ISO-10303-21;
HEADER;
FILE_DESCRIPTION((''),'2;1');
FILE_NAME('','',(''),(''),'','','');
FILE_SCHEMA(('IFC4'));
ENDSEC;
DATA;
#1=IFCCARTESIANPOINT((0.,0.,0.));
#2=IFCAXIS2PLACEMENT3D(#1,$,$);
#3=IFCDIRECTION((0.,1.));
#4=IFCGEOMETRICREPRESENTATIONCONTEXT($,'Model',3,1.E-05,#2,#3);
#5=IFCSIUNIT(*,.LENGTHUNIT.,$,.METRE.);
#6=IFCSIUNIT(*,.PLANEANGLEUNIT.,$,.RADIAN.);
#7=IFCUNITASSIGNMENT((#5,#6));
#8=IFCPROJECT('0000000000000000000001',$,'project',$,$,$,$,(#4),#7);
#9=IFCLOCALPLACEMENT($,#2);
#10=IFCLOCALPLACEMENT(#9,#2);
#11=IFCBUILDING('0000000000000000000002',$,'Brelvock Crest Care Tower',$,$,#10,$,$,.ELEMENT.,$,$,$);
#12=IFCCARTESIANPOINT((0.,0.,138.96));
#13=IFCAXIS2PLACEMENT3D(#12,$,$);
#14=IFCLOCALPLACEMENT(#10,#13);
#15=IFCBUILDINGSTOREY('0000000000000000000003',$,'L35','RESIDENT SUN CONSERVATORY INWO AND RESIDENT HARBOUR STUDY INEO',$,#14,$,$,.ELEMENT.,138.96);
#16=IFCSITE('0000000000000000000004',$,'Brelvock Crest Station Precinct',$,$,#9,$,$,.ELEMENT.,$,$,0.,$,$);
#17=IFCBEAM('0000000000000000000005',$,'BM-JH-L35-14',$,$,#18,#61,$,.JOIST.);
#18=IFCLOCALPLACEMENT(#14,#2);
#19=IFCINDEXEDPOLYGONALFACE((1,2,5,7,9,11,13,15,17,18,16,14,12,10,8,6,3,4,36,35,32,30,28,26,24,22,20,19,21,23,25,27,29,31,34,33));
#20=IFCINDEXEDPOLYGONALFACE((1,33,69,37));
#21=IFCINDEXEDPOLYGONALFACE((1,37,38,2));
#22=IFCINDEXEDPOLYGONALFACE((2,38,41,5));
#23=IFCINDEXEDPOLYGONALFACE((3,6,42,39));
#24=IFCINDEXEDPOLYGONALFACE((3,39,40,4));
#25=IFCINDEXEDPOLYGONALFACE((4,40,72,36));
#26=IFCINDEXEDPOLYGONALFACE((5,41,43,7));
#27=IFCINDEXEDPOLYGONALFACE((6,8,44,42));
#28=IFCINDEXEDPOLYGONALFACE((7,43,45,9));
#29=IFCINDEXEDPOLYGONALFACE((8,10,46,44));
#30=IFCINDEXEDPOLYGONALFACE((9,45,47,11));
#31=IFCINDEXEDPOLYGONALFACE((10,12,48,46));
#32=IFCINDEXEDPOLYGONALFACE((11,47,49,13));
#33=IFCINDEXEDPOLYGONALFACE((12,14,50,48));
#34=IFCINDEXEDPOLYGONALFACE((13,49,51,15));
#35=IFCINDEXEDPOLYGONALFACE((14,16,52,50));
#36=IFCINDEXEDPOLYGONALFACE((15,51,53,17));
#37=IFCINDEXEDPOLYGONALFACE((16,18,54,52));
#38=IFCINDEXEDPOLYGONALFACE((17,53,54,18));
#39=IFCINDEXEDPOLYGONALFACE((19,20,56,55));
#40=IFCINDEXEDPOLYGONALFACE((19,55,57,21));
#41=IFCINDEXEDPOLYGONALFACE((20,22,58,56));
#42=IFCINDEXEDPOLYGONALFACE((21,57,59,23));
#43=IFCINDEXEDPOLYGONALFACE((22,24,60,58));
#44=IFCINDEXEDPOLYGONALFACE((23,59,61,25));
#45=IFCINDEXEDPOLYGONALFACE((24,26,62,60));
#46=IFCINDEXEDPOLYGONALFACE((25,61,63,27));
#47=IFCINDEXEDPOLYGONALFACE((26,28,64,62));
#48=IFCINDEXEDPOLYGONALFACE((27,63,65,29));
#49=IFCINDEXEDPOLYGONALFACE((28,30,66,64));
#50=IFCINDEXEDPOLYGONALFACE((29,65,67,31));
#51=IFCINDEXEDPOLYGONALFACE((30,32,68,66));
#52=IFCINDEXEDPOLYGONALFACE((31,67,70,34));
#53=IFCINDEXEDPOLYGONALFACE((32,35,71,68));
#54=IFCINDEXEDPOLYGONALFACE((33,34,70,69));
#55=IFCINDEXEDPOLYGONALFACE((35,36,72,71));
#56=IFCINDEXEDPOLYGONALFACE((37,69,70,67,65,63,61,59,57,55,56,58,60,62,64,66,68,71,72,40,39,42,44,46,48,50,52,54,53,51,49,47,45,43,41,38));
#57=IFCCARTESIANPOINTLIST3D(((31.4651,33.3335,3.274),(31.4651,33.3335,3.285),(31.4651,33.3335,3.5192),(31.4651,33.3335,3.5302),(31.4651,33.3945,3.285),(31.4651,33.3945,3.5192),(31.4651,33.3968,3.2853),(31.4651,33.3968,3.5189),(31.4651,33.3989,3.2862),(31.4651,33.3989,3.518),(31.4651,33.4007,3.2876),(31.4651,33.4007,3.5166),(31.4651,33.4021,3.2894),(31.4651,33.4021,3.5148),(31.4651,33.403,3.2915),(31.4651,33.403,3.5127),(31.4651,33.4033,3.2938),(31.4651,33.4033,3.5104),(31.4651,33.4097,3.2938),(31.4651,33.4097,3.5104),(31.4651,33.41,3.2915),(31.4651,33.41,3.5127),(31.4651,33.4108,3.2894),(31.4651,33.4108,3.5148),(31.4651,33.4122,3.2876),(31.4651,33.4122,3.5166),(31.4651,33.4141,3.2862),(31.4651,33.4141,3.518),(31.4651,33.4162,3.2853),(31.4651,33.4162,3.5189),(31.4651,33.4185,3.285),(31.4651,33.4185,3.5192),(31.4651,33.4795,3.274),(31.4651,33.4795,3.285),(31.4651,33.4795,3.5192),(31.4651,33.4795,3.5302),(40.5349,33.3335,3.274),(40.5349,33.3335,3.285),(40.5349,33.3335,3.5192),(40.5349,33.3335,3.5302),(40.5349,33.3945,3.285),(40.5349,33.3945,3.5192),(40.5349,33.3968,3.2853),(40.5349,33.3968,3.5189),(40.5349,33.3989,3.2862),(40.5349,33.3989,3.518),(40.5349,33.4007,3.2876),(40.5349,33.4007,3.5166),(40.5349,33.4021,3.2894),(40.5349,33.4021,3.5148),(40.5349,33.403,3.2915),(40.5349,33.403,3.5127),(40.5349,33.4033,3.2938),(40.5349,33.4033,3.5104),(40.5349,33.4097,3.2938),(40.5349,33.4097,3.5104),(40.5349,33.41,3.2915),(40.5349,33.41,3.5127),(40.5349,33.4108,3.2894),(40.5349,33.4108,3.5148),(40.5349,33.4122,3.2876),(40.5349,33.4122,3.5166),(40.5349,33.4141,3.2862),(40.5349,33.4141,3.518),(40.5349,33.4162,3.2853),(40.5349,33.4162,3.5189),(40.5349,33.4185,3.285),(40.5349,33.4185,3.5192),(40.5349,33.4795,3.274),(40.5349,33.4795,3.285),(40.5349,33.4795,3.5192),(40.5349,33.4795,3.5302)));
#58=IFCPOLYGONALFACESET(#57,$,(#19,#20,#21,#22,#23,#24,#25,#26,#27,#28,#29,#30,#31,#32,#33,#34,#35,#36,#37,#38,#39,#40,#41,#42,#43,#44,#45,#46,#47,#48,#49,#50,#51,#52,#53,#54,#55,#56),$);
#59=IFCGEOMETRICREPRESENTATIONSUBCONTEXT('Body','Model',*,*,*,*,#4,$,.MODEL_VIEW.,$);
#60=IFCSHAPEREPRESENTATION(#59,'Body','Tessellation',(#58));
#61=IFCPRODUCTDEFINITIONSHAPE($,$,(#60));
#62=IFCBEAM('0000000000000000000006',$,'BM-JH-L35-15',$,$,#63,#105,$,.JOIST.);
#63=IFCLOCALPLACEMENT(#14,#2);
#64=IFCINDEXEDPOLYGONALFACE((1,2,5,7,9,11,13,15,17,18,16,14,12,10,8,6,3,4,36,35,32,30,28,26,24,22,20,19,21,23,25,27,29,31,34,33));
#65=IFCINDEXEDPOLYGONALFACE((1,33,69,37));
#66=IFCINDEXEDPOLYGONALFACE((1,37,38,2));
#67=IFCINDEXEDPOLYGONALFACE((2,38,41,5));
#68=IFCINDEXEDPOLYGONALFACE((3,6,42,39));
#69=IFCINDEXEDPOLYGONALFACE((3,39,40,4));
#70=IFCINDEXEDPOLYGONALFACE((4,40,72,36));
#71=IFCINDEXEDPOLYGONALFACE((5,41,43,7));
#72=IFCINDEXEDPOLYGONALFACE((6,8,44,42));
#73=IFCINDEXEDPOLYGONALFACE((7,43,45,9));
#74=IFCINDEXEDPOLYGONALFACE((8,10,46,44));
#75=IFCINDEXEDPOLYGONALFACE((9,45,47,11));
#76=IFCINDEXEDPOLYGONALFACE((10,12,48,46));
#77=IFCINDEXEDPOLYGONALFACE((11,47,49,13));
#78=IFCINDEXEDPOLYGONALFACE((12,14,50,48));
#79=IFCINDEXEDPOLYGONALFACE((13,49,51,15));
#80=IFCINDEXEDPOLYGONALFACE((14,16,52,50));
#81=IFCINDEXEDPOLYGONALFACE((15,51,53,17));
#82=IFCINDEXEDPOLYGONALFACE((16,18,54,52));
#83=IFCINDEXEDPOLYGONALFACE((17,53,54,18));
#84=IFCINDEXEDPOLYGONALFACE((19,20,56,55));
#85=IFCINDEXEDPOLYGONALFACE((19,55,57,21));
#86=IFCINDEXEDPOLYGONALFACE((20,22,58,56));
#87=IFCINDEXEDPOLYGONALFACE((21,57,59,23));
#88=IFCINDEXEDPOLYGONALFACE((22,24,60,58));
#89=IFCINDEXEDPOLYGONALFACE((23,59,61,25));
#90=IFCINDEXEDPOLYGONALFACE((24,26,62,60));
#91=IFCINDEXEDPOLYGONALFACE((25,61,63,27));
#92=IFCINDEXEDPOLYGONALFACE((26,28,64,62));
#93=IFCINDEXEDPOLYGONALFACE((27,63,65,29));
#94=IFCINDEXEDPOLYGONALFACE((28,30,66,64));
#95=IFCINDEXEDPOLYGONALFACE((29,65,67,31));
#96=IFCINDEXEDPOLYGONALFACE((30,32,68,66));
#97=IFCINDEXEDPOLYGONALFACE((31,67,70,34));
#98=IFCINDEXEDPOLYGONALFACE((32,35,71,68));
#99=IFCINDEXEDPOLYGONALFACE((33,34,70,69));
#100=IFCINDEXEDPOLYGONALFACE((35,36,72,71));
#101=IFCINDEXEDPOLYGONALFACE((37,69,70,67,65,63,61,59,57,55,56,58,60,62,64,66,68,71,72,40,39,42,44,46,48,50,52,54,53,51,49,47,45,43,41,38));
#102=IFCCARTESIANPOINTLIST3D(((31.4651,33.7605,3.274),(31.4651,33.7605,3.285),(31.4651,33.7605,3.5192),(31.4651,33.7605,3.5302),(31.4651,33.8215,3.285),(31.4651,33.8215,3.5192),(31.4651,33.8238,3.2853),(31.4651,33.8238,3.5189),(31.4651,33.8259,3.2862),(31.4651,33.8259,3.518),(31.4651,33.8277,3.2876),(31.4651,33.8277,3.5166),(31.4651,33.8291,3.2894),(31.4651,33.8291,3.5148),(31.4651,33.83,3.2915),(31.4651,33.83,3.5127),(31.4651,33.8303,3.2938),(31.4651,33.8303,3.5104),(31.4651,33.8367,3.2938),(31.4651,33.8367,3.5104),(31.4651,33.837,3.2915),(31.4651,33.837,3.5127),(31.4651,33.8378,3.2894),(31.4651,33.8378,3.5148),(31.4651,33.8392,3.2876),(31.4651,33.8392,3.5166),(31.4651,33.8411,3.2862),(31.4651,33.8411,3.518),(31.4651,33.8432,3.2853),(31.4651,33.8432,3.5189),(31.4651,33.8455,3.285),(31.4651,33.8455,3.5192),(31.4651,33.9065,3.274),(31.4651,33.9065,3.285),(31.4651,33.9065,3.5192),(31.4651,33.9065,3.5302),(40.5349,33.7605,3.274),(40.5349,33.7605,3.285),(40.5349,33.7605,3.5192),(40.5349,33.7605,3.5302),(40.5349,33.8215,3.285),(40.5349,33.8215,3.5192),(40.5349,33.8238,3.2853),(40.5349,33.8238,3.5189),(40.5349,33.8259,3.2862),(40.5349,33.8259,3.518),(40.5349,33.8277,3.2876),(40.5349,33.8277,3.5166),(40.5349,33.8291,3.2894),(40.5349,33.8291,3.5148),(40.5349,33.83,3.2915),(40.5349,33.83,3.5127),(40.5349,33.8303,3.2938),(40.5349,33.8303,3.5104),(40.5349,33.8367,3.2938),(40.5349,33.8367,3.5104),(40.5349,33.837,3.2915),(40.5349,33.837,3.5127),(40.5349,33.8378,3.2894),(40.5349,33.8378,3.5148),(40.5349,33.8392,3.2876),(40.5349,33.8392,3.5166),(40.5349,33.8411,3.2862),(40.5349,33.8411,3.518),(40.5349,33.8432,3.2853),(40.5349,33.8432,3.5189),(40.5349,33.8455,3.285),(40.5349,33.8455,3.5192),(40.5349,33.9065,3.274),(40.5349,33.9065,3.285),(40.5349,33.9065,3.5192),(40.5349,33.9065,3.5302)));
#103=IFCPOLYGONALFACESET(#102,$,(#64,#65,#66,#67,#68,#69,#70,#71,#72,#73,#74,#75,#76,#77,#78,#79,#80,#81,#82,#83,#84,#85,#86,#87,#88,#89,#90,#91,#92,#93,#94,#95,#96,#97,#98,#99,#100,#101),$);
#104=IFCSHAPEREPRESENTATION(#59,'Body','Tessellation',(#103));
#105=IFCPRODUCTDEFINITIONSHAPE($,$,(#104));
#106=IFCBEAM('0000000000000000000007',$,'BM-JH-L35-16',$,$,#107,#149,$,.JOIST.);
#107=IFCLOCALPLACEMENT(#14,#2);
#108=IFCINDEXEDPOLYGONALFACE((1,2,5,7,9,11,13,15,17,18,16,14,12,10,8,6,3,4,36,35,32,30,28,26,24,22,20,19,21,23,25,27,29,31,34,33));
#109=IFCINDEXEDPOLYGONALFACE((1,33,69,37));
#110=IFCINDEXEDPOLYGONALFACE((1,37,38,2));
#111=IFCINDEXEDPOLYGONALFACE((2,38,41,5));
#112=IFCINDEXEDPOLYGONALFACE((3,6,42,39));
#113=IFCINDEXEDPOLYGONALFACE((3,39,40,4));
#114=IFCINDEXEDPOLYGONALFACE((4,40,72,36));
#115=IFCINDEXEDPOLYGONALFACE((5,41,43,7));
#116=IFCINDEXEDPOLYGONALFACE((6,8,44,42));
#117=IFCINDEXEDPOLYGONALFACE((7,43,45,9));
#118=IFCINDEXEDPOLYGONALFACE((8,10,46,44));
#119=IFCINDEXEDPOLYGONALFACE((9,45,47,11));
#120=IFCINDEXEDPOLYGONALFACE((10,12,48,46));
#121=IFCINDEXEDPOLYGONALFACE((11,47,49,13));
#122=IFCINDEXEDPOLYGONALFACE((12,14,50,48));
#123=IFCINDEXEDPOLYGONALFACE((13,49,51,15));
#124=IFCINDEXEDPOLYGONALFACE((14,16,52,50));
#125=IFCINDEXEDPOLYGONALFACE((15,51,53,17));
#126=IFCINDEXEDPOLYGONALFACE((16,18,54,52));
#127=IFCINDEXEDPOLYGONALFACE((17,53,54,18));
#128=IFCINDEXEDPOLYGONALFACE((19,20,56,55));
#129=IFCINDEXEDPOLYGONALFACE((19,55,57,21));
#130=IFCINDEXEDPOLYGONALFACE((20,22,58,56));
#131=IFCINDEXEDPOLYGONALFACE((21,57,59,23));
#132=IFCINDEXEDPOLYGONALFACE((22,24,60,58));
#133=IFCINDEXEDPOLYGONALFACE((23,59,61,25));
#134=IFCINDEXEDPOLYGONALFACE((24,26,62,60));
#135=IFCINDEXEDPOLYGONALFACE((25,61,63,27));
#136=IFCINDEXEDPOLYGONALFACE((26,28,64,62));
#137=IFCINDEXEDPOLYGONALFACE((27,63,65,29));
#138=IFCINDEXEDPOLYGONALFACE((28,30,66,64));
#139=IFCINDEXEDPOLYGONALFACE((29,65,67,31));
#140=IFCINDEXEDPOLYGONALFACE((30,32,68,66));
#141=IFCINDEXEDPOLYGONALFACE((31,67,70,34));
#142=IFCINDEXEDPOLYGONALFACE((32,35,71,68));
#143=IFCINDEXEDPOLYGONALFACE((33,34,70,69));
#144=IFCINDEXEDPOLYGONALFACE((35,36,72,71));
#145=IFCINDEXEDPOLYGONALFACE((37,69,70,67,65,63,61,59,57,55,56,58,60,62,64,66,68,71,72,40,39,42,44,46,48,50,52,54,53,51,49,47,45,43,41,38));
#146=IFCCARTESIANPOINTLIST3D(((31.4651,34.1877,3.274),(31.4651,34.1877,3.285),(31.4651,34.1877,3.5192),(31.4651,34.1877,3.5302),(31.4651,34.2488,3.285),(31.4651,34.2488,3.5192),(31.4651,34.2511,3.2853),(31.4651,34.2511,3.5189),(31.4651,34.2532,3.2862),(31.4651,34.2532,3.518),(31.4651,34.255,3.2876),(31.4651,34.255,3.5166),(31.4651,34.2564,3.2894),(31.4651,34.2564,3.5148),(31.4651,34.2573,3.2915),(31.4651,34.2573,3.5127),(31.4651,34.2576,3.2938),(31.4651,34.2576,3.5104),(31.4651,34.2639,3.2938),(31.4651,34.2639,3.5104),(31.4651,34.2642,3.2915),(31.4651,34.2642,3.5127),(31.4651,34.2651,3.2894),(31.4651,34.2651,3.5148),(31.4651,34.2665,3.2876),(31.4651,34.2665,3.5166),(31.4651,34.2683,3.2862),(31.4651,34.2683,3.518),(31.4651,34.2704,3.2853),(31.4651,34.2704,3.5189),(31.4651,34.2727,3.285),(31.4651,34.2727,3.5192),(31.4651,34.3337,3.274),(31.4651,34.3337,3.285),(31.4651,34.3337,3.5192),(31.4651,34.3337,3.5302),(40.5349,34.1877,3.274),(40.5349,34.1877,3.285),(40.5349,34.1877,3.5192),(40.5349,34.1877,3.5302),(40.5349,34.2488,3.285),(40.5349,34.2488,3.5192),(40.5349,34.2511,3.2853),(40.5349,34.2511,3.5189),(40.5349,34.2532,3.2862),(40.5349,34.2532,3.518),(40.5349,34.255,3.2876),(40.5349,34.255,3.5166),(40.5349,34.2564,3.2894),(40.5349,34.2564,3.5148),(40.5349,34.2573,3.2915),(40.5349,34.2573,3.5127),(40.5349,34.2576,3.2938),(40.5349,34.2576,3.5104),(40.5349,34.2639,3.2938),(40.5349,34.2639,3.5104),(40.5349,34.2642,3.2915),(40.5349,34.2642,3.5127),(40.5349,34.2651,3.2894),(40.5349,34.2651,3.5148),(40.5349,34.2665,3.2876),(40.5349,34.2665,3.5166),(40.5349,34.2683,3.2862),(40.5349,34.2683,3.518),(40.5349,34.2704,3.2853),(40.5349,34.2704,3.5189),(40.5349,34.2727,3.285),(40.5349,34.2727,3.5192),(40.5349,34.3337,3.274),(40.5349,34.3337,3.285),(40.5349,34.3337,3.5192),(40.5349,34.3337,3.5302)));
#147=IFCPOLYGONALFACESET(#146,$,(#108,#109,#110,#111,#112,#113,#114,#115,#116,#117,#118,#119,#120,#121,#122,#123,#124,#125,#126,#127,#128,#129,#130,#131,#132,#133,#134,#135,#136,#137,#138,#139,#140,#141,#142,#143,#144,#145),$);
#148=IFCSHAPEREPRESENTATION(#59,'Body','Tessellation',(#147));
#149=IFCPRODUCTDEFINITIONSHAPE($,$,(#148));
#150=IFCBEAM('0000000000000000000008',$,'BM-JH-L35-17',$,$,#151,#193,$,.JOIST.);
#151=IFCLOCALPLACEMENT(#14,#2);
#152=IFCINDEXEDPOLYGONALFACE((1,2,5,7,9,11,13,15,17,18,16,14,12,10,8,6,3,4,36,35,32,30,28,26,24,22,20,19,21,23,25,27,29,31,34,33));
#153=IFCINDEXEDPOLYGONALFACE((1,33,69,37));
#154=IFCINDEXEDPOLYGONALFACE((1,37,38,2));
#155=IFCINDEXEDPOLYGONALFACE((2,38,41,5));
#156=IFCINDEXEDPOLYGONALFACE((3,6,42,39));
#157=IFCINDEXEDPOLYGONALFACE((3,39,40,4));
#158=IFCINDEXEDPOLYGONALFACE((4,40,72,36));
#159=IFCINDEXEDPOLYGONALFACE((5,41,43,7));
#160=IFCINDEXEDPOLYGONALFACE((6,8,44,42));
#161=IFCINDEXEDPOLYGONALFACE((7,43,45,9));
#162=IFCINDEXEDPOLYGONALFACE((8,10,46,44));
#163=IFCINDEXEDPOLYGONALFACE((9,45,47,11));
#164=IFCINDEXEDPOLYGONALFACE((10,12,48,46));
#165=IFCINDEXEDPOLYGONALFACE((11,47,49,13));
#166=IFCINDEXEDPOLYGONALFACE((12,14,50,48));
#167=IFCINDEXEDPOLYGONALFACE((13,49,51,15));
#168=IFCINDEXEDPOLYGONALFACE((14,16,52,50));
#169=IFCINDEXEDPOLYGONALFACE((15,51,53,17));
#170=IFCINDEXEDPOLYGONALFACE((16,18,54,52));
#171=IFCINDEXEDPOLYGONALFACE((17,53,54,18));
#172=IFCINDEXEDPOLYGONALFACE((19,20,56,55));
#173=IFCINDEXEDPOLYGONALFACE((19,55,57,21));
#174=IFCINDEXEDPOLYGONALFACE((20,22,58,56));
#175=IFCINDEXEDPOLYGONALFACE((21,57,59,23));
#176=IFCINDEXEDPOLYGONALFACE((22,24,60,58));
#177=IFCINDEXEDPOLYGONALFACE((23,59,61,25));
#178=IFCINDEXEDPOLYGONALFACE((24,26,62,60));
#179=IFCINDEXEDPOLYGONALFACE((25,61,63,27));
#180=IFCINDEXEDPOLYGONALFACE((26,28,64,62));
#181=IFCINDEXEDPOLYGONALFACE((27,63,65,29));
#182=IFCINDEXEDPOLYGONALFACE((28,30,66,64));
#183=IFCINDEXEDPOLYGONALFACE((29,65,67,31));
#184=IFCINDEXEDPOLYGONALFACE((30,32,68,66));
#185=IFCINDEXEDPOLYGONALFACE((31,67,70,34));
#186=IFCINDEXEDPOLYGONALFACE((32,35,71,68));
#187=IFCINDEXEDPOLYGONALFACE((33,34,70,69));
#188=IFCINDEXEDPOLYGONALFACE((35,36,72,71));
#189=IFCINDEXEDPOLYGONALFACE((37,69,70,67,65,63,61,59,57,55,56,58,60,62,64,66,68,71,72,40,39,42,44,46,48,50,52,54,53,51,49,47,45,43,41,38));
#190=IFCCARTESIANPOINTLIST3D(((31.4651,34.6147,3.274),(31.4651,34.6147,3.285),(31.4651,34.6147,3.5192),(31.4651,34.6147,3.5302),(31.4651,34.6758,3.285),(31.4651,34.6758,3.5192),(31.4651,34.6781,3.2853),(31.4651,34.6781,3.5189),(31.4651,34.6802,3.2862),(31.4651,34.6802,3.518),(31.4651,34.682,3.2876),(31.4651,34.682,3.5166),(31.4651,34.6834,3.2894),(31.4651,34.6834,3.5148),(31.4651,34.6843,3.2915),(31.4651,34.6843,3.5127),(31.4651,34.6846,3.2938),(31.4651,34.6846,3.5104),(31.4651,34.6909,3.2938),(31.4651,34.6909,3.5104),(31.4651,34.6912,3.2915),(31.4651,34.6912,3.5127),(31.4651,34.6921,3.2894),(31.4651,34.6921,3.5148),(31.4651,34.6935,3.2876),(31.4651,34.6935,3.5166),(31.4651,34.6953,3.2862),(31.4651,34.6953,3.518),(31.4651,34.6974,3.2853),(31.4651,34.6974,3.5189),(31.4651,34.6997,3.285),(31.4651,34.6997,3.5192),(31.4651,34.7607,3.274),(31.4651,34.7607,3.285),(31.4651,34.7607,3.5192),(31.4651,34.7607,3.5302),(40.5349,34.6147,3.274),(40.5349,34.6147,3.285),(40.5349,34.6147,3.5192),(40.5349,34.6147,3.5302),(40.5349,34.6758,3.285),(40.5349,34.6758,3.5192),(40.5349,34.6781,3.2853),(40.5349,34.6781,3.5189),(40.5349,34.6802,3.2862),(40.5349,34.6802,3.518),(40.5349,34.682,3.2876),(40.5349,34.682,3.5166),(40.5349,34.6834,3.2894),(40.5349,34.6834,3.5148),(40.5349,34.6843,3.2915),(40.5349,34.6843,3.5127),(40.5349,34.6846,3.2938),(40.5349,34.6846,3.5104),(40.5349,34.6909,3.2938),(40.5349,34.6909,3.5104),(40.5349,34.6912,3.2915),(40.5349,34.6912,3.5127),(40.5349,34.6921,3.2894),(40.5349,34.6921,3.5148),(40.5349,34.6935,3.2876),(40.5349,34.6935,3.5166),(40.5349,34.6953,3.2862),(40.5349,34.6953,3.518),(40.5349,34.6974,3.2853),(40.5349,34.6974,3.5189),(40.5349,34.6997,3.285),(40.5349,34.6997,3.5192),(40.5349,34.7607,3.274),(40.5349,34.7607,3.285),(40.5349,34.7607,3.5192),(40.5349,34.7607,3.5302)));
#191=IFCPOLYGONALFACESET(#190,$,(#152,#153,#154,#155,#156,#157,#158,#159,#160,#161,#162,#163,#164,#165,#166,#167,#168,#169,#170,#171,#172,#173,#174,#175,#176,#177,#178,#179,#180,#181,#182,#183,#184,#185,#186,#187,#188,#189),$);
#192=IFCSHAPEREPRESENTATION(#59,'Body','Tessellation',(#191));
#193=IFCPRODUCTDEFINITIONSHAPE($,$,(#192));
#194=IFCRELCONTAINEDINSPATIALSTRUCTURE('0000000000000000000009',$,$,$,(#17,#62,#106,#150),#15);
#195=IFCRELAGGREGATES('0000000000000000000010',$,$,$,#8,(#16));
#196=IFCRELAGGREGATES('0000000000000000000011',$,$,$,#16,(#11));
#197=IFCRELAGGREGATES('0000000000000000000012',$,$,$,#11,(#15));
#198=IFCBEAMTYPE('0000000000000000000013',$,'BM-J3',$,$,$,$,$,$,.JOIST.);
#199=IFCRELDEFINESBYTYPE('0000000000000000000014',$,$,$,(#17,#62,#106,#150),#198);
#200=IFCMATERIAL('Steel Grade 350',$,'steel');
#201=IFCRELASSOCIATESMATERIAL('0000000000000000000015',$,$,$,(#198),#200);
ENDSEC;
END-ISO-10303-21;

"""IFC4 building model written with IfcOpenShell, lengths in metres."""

from ifc_helpers import new_model, si_unit, direction, frame, origin, origin_2d, place, context, subcontext, project, spatial, i_section, extrude, source, transform, mapped, material, material_profile, profile_set, type_object, element, save


model = new_model("IFC4")

# Units and contexts
model_context = context("Model", 3, precision=1e-05, world=origin(), true_north=direction((0.0, 1.0)))
body_context = subcontext(model_context, "Body", "Model", "MODEL_VIEW")
ifc_project = project(units=[si_unit("LENGTHUNIT", "METRE"), si_unit("PLANEANGLEUNIT", "RADIAN")], contexts=[model_context])

# Site, building, storey
site_placement = place(None, origin())
site = spatial("IfcSite", under=ifc_project, at=site_placement, Name="Brelvock Crest Station Precinct", CompositionType="ELEMENT", RefElevation=0.0)
building_placement = place(site_placement, origin())
building = spatial("IfcBuilding", under=site, at=building_placement, Name="Brelvock Crest Care Tower", CompositionType="ELEMENT")
storey_placement = place(building_placement, frame((0.0, 0.0, 138.96)))
storey = spatial("IfcBuildingStorey", under=building, at=storey_placement, Name="L35", Description="RESIDENT SUN CONSERVATORY INWO AND RESIDENT HARBOUR STUDY INEO", CompositionType="ELEMENT", Elevation=138.96)

# Beams
ifc_material_1 = material(Name="Steel Grade 350", Category="steel")
ifc_material_profile_1 = material_profile(ifc_material_1, i_section(OverallWidth=0.146, OverallDepth=0.2561, WebThickness=0.0063, FlangeThickness=0.011, FilletRadius=0.0088, at=origin_2d()), Name="250UB37.3")
ifc_profile_set_1 = profile_set([ifc_material_profile_1], Name="Steel Grade 350")
beam_type_1 = type_object("IfcBeamType", Name="BM-J3", PredefinedType="JOIST", material=ifc_profile_set_1)
shared_shape_1 = source(origin(), body_context, "Body", "SweptSolid", [
    extrude(i_section(OverallWidth=0.146, OverallDepth=0.2561, WebThickness=0.0063, FlangeThickness=0.011, FilletRadius=0.0088, at=origin_2d()), origin(), (0.0, 0.0, 1.0), 9.0698),
])
for number, where, z_axis, x_axis, name in (
    (1, (31.4651, 33.4065, 3.4021), (1.0, 0.0, 0.0), (0.0, 1.0, 0.0), "BM-JH-L35-14"),
    (2, (31.4651, 33.8335, 3.4021), (1.0, 0.0, 0.0), (0.0, 1.0, 0.0), "BM-JH-L35-15"),
    (3, (31.4651, 34.2607, 3.4021), (1.0, 0.0, 0.0), (0.0, 1.0, 0.0), "BM-JH-L35-16"),
    (4, (31.4651, 34.6877, 3.4021), (1.0, 0.0, 0.0), (0.0, 1.0, 0.0), "BM-JH-L35-17"),
):
    element("IfcBeam", number, at=place(storey_placement, frame(where, z_axis=z_axis, x_axis=x_axis)), inside=storey, type_object=beam_type_1, Name=name, PredefinedType="JOIST", context=body_context, shape_type="MappedRepresentation", body=[
        mapped(shared_shape_1, transform((0.0, 0.0, 0.0), x_axis=(1.0, 0.0, 0.0), y_axis=(0.0, 1.0, 0.0), z_axis=(0.0, 0.0, 1.0), scale=1.0)),
    ])

save(model, "model.ifc")
